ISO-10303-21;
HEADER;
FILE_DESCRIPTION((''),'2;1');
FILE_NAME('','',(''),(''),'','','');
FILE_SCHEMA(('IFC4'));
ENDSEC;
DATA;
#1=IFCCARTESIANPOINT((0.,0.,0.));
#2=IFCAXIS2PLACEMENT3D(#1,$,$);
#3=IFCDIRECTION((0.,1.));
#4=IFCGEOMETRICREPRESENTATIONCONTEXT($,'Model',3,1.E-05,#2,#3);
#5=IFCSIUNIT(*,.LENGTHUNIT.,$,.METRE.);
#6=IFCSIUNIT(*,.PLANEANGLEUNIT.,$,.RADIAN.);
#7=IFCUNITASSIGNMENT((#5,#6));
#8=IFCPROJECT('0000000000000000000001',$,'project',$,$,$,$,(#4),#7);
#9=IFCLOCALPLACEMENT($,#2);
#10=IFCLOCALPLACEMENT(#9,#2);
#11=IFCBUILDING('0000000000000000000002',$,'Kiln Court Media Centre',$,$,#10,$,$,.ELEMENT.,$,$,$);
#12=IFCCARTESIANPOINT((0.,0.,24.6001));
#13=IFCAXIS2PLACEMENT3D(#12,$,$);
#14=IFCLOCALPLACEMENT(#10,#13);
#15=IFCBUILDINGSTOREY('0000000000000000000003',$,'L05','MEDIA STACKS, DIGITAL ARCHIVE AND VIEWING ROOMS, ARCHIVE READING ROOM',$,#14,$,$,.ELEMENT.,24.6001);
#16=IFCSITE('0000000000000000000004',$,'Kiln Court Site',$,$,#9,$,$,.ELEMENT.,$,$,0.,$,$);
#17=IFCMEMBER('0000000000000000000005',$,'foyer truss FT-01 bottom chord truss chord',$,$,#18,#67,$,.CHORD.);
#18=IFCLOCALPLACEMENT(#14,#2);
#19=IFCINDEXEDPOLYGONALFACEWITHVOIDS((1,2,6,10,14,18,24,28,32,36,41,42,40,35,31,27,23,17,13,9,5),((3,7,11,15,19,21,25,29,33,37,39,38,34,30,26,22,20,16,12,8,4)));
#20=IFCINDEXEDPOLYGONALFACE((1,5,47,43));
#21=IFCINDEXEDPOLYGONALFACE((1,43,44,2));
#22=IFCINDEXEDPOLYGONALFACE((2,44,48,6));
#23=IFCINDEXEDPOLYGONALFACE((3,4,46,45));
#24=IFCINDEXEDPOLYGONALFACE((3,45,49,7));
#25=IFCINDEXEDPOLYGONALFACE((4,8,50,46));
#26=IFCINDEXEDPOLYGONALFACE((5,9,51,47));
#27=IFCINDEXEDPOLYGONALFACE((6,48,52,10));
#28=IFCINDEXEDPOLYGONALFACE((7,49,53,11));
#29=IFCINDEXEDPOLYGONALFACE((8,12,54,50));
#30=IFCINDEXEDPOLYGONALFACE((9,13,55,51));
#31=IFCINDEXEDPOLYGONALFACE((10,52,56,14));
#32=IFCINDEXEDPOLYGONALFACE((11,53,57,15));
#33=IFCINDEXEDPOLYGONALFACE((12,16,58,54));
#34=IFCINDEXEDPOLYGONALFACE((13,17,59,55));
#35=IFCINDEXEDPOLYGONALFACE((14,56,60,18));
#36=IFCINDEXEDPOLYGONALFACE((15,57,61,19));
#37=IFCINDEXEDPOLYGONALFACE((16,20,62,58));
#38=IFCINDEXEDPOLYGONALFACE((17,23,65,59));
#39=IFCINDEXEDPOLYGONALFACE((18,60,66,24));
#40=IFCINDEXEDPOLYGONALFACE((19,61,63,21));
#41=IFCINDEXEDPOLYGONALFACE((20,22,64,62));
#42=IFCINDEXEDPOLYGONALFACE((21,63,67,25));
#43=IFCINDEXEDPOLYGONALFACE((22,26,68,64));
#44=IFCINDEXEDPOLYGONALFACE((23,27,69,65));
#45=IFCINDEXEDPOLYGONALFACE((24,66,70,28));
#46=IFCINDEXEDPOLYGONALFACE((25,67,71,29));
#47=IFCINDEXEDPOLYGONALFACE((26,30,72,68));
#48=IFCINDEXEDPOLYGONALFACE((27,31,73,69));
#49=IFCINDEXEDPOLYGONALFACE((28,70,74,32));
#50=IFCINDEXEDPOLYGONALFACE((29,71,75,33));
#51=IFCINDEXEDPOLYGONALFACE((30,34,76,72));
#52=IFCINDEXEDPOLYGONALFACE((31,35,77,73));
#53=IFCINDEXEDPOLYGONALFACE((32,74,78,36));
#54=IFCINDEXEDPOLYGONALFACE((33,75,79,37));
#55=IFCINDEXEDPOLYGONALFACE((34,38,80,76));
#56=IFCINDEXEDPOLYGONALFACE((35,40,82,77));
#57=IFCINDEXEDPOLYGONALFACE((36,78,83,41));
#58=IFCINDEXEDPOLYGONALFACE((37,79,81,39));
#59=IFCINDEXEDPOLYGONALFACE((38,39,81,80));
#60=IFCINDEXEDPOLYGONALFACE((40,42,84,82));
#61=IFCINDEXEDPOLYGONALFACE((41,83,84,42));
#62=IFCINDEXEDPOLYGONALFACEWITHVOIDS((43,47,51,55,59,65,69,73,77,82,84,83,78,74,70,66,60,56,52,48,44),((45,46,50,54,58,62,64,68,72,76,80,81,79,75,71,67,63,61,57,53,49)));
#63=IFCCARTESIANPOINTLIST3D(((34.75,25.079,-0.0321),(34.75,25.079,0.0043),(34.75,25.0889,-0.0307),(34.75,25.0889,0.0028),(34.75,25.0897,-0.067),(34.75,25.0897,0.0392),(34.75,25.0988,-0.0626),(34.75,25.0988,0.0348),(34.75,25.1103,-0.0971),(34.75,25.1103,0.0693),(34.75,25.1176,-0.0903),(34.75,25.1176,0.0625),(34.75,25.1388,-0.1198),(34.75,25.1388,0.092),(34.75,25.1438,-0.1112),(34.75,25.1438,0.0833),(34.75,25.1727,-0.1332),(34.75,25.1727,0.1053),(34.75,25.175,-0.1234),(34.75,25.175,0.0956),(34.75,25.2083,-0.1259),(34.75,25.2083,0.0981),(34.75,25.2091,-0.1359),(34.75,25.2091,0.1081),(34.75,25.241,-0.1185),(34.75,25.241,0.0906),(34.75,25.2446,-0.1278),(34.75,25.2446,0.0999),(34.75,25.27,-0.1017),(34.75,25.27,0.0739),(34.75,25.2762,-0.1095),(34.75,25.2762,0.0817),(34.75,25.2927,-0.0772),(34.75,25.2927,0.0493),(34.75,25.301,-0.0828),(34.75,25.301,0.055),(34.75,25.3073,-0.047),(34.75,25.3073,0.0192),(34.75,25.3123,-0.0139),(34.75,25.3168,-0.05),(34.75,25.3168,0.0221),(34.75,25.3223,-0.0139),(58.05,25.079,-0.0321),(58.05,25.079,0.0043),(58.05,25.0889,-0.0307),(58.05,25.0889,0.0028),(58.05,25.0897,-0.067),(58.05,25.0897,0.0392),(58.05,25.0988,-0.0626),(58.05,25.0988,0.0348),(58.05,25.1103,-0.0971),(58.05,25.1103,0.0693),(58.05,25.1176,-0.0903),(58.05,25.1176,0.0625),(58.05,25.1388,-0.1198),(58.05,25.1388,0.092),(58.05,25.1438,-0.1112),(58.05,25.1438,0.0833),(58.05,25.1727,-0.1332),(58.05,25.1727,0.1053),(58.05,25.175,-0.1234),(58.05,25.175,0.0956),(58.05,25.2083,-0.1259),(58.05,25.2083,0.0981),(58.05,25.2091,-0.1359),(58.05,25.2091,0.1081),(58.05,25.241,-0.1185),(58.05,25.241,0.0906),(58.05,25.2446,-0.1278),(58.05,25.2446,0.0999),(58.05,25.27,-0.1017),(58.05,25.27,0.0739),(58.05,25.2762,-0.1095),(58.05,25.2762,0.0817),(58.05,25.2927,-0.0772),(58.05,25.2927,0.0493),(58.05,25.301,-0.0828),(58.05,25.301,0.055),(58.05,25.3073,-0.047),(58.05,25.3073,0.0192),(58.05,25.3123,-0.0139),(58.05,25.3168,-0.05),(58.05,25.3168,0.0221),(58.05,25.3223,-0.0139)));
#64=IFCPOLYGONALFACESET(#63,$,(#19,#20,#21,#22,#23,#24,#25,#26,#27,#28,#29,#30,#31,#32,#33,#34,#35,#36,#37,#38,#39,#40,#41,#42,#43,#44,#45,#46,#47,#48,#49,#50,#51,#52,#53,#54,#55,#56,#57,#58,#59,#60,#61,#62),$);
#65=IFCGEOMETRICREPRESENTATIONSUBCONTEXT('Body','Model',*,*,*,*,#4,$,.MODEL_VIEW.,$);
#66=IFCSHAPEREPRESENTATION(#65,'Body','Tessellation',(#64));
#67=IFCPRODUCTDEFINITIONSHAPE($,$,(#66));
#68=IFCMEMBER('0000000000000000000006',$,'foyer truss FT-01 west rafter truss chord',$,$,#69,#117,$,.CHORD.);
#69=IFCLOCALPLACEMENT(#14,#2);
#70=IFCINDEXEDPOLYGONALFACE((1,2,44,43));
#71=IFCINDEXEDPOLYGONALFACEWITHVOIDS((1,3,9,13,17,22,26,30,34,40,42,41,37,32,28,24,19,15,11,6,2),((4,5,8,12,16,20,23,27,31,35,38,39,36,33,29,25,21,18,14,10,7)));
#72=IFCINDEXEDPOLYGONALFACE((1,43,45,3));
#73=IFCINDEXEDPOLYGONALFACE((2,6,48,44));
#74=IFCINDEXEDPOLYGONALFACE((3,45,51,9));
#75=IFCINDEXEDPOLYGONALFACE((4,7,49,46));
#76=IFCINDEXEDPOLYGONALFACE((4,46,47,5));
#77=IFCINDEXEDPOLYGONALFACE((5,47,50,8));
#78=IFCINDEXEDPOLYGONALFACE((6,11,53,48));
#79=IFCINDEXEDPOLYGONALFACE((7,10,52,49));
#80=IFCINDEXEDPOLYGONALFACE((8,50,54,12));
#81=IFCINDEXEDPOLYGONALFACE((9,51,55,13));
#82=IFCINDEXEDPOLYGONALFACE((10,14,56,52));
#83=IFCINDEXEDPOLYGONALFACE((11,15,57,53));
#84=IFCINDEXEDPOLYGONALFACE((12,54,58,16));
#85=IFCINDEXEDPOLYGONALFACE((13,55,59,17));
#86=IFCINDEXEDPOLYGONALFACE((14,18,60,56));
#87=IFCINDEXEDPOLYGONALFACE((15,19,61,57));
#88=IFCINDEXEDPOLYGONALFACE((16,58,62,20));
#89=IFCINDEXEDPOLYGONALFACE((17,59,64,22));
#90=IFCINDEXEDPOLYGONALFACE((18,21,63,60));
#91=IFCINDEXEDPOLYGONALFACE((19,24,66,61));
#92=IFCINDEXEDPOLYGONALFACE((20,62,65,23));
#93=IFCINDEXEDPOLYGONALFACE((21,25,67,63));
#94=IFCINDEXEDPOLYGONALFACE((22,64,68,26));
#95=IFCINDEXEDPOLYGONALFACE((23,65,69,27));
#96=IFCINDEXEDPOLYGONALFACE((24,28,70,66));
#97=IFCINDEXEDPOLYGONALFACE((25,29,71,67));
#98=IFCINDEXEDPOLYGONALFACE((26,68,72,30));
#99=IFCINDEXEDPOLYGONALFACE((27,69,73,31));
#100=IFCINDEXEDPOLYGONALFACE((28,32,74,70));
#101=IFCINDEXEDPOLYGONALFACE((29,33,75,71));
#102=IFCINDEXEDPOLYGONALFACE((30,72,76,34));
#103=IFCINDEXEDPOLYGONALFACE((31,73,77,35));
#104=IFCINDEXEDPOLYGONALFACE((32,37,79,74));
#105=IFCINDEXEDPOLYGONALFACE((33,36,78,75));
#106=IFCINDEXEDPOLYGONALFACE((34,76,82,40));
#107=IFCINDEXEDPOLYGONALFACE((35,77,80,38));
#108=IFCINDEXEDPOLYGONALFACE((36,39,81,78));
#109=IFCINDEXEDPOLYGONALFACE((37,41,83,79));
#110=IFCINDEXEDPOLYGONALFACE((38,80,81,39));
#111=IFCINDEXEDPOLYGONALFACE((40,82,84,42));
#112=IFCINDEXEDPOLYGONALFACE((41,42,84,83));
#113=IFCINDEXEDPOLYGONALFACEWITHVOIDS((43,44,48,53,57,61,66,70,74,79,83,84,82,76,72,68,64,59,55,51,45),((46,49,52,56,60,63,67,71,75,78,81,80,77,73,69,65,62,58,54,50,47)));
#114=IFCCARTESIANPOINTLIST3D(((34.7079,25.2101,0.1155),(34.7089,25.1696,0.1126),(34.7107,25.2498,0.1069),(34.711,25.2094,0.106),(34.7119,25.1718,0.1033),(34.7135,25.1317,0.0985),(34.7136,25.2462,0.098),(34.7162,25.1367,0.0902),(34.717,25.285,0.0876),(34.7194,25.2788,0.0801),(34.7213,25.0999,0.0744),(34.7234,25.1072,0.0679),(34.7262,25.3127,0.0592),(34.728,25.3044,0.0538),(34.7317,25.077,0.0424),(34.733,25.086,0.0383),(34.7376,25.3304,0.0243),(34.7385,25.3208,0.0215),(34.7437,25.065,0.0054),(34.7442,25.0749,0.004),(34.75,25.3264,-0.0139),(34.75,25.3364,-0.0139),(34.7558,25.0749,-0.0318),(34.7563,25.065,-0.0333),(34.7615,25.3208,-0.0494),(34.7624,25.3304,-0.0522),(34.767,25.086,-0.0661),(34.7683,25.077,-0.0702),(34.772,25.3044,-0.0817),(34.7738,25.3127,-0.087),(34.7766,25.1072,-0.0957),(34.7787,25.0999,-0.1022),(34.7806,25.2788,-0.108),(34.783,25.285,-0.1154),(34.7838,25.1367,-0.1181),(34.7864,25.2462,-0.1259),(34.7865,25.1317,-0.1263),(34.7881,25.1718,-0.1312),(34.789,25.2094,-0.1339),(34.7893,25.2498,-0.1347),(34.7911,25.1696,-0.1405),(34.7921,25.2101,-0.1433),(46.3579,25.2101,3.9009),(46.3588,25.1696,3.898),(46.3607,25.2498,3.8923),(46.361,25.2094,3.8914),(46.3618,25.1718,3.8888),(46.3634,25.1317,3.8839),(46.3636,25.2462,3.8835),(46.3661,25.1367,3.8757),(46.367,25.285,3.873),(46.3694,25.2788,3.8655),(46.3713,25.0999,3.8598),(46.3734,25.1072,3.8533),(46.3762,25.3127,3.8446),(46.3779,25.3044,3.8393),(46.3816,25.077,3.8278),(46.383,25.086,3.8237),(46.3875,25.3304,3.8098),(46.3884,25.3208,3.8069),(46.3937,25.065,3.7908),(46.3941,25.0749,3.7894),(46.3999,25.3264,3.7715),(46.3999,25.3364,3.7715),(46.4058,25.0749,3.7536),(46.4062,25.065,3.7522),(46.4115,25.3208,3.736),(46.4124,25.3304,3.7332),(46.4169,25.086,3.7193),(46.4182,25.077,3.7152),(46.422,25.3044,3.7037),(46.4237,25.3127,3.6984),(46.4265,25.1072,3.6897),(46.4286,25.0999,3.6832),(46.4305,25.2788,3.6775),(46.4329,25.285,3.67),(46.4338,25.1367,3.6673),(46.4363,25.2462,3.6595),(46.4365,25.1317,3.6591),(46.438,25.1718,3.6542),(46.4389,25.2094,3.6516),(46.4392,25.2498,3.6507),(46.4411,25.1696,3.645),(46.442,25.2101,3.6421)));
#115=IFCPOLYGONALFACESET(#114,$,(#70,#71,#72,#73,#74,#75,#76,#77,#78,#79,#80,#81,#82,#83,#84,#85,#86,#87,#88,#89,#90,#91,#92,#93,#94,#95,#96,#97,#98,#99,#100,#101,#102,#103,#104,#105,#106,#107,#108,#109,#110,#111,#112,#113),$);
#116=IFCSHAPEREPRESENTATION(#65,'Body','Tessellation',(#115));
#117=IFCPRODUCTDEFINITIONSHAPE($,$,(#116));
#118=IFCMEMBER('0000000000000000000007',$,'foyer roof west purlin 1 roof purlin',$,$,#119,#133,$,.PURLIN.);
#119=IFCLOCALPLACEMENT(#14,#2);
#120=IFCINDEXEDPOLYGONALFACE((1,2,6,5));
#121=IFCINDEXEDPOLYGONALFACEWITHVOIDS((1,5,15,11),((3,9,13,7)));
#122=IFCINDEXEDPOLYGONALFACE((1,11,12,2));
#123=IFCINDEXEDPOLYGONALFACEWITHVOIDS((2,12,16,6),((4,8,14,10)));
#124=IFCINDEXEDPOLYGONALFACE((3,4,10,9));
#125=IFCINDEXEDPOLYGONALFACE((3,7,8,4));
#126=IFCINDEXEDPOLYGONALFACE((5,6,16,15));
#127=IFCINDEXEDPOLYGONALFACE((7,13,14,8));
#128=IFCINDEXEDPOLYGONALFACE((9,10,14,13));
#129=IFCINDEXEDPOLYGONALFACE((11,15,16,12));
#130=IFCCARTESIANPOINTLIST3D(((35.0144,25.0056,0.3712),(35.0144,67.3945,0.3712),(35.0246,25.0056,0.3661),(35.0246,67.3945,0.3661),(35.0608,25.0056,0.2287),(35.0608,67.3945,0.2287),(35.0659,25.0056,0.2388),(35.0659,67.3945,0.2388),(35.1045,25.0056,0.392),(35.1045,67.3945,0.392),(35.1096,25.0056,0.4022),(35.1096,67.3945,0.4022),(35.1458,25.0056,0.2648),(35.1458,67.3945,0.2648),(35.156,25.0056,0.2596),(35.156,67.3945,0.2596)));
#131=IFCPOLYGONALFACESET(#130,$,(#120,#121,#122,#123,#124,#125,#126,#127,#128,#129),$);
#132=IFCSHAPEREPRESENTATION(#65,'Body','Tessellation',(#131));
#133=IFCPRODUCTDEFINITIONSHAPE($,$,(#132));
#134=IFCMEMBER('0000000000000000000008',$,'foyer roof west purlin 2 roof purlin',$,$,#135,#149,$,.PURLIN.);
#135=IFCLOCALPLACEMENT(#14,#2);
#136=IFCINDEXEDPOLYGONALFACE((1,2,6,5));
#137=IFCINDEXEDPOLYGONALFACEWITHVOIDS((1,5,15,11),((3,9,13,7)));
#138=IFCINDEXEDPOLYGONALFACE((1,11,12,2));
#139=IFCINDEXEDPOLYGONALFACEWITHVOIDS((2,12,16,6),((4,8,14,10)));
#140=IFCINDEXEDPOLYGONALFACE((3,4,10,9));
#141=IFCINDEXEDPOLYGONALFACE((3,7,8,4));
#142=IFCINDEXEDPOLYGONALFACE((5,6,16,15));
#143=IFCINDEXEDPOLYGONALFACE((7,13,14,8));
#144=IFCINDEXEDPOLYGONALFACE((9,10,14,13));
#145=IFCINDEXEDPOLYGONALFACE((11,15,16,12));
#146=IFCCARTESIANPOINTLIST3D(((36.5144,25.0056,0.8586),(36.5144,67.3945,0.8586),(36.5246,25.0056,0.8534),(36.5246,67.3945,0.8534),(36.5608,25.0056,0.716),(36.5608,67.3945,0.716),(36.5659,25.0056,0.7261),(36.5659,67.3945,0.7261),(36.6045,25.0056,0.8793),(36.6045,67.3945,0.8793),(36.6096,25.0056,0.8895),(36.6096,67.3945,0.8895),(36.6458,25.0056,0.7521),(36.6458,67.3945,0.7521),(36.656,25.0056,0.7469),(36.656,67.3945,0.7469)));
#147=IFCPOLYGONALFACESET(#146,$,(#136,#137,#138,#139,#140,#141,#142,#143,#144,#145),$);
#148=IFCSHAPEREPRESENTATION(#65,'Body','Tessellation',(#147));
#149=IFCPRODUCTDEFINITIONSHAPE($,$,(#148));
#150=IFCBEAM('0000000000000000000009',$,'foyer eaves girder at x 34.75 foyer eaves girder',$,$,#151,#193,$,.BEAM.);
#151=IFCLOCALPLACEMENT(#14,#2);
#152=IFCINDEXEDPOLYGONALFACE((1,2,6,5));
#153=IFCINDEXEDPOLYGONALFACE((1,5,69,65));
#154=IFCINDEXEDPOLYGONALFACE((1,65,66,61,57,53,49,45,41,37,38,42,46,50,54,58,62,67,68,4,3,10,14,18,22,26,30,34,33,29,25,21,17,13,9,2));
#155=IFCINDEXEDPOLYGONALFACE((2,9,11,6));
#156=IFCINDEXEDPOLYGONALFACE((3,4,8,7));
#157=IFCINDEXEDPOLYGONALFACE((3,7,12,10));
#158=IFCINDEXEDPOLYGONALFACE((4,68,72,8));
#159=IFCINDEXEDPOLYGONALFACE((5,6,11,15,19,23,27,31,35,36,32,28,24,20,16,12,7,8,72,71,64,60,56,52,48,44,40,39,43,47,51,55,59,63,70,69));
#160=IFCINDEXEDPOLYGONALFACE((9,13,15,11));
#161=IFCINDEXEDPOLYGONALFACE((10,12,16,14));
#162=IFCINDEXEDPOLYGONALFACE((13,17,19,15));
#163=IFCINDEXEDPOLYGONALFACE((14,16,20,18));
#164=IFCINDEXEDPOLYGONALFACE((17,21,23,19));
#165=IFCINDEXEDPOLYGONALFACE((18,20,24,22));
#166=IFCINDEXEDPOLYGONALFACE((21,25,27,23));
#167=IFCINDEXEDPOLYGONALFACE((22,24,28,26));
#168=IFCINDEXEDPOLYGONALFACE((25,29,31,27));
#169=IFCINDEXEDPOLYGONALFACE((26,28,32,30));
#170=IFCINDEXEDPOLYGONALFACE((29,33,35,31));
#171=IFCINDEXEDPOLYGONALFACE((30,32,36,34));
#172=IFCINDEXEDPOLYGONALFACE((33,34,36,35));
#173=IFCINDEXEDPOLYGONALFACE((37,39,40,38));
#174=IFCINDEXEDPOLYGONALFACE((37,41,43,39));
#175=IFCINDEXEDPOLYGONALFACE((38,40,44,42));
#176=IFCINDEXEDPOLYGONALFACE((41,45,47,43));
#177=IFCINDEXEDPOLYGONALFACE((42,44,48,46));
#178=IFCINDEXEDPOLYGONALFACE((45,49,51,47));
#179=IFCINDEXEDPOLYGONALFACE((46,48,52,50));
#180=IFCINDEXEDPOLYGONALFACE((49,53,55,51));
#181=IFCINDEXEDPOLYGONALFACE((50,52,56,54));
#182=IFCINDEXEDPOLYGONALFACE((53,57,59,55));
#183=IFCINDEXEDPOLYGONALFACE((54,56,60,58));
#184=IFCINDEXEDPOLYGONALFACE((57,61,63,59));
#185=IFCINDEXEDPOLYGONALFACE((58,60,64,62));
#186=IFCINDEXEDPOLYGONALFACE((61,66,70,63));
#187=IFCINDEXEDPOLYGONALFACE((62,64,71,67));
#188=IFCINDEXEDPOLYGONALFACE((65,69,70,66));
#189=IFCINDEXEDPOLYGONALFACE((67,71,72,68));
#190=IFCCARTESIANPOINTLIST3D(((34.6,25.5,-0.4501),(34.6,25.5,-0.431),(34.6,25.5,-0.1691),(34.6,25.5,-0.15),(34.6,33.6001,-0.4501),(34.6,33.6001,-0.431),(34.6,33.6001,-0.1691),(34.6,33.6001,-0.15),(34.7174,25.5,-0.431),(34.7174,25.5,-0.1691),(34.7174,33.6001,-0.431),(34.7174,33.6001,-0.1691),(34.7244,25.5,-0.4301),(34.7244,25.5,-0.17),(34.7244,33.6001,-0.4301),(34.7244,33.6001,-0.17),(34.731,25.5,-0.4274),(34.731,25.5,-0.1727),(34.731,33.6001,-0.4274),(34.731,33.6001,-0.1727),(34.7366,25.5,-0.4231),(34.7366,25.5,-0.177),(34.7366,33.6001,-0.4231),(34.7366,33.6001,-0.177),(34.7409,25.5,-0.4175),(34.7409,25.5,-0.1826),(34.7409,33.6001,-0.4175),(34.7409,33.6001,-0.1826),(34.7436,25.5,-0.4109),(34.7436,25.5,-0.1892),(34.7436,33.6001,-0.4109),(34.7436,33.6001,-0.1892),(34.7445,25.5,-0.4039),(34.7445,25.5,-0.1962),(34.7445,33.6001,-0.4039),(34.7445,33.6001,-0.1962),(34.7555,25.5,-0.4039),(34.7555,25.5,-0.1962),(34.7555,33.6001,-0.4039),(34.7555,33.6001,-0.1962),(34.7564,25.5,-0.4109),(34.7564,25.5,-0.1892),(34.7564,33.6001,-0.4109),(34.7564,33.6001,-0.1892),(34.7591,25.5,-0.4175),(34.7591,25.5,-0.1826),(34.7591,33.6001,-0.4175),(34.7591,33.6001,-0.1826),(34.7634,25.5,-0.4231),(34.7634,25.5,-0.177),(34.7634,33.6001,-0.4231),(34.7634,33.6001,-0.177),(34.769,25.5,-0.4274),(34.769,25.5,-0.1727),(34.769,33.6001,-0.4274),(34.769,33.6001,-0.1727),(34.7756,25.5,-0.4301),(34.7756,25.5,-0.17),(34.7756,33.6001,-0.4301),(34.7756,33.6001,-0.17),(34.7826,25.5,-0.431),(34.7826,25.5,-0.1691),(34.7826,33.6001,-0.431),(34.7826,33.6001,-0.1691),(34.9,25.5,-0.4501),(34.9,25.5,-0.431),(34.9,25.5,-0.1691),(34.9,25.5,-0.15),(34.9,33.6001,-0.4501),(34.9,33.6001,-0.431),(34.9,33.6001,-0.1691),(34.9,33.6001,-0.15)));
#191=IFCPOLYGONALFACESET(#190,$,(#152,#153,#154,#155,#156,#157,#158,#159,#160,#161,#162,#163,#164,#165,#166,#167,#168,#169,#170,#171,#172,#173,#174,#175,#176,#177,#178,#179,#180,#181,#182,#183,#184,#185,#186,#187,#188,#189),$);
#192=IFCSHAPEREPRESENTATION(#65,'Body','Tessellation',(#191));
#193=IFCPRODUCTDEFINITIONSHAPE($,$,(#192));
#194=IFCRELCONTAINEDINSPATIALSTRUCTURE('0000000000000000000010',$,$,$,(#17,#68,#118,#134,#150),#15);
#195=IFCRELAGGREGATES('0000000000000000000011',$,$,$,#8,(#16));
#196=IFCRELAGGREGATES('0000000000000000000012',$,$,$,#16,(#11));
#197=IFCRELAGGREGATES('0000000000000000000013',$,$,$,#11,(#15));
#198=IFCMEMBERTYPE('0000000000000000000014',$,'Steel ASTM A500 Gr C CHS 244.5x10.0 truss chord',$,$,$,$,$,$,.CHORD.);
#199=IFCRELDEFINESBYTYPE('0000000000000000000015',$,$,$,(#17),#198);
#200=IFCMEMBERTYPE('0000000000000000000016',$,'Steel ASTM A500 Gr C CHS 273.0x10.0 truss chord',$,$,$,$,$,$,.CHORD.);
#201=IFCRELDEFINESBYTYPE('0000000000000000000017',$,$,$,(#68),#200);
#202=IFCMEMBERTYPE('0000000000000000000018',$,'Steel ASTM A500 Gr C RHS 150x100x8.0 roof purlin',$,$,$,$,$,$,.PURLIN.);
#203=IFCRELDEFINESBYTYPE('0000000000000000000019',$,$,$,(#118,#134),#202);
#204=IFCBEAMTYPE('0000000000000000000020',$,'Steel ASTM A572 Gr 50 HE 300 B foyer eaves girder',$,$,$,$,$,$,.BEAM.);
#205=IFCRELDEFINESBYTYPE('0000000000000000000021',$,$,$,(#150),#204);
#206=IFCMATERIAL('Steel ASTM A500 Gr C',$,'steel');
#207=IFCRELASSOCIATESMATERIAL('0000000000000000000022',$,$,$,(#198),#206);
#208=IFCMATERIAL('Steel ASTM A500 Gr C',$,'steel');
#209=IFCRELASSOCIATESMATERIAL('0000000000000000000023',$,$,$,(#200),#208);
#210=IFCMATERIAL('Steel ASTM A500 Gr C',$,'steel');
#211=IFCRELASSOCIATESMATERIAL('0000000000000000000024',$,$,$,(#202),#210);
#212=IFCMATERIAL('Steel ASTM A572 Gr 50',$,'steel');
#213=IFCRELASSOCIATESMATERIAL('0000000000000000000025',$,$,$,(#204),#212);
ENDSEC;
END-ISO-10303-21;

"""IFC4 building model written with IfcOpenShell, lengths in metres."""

from ifc_helpers import new_model, si_unit, direction, frame, origin, origin_2d, place, context, subcontext, project, spatial, hollow_rectangle, hollow_circle, i_section, extrude, material, material_profile, profile_set, type_object, element, save


model = new_model("IFC4")

# Units and contexts
model_context = context("Model", 3, precision=1e-05, world=origin(), true_north=direction((0.0, 1.0)))
body_context = subcontext(model_context, "Body", "Model", "MODEL_VIEW")
ifc_project = project(units=[si_unit("LENGTHUNIT", "METRE"), si_unit("PLANEANGLEUNIT", "RADIAN")], contexts=[model_context])

# Site, building, storey
site_placement = place(None, origin())
site = spatial("IfcSite", under=ifc_project, at=site_placement, Name="Kiln Court Site", CompositionType="ELEMENT", RefElevation=0.0)
building_placement = place(site_placement, origin())
building = spatial("IfcBuilding", under=site, at=building_placement, Name="Kiln Court Media Centre", CompositionType="ELEMENT")
storey_placement = place(building_placement, frame((0.0, 0.0, 24.6001)))
storey = spatial("IfcBuildingStorey", under=building, at=storey_placement, Name="L05", Description="MEDIA STACKS, DIGITAL ARCHIVE AND VIEWING ROOMS, ARCHIVE READING ROOM", CompositionType="ELEMENT", Elevation=24.6001)

# Members
ifc_material_1 = material(Name="Steel ASTM A500 Gr C", Category="steel")
ifc_material_profile_1 = material_profile(ifc_material_1, hollow_circle(Radius=0.1223, WallThickness=0.01, at=origin_2d()), Name="CHS 244.5x10.0")
ifc_profile_set_1 = profile_set([ifc_material_profile_1], Name="Steel ASTM A500 Gr C")
member_type_1 = type_object("IfcMemberType", Name="Steel ASTM A500 Gr C CHS 244.5x10.0 truss chord", PredefinedType="CHORD", material=ifc_profile_set_1)
member_1_placement = place(storey_placement, frame((34.75, 25.2, -0.0139), z_axis=(1.0, 0.0, 0.0), x_axis=(0.0, 1.0, 0.0)))
element("IfcMember", 1, at=member_1_placement, inside=storey, type_object=member_type_1, Name="foyer truss FT-01 bottom chord truss chord", PredefinedType="CHORD", context=body_context, shape_type="SweptSolid", body=[
    extrude(hollow_circle(Radius=0.1223, WallThickness=0.01, at=origin_2d()), origin(), (0.0, 0.0, 1.0), 23.3),
])
ifc_material_2 = material(Name="Steel ASTM A500 Gr C", Category="steel")
ifc_material_profile_2 = material_profile(ifc_material_2, hollow_circle(Radius=0.1365, WallThickness=0.01, at=origin_2d()), Name="CHS 273.0x10.0")
ifc_profile_set_2 = profile_set([ifc_material_profile_2], Name="Steel ASTM A500 Gr C")
member_type_2 = type_object("IfcMemberType", Name="Steel ASTM A500 Gr C CHS 273.0x10.0 truss chord", PredefinedType="CHORD", material=ifc_profile_set_2)
member_2_placement = place(storey_placement, frame((34.75, 25.2, -0.0139), z_axis=(0.951054, 0.0, 0.309026), x_axis=(0.0, 1.0, 0.0)))
element("IfcMember", 2, at=member_2_placement, inside=storey, type_object=member_type_2, Name="foyer truss FT-01 west rafter truss chord", PredefinedType="CHORD", context=body_context, shape_type="SweptSolid", body=[
    extrude(hollow_circle(Radius=0.1365, WallThickness=0.01, at=origin_2d()), origin(), (0.0, 0.0, 1.0), 12.2495),
])
ifc_material_3 = material(Name="Steel ASTM A500 Gr C", Category="steel")
ifc_material_profile_3 = material_profile(ifc_material_3, hollow_rectangle(XDim=0.1001, YDim=0.1499, WallThickness=0.0081, at=origin_2d()), Name="RHS 150x100x8.0")
ifc_profile_set_3 = profile_set([ifc_material_profile_3], Name="Steel ASTM A500 Gr C")
member_type_3 = type_object("IfcMemberType", Name="Steel ASTM A500 Gr C RHS 150x100x8.0 roof purlin", PredefinedType="PURLIN", material=ifc_profile_set_3)
for number, where, z_axis, x_axis, name in (
    (3, (35.0852, 25.0056, 0.3154), (0.0, 1.0, 0.0), (-0.951057, 0.0, -0.309017), "foyer roof west purlin 1 roof purlin"),
    (4, (36.5852, 25.0056, 0.8027), (0.0, 1.0, 0.0), (-0.951057, 0.0, -0.309017), "foyer roof west purlin 2 roof purlin"),
):
    element("IfcMember", number, at=place(storey_placement, frame(where, z_axis=z_axis, x_axis=x_axis)), inside=storey, type_object=member_type_3, Name=name, PredefinedType="PURLIN", context=body_context, shape_type="SweptSolid", body=[
        extrude(hollow_rectangle(XDim=0.1001, YDim=0.1499, WallThickness=0.0081, at=origin_2d()), origin(), (0.0, 0.0, 1.0), 42.3889),
    ])

# Beam
ifc_material_4 = material(Name="Steel ASTM A572 Gr 50", Category="steel")
ifc_material_profile_4 = material_profile(ifc_material_4, i_section(OverallWidth=0.3, OverallDepth=0.3, WebThickness=0.011, FlangeThickness=0.019, FilletRadius=0.0271, at=origin_2d()), Name="HE 300 B")
ifc_profile_set_4 = profile_set([ifc_material_profile_4], Name="Steel ASTM A572 Gr 50")
beam_type = type_object("IfcBeamType", Name="Steel ASTM A572 Gr 50 HE 300 B foyer eaves girder", PredefinedType="BEAM", material=ifc_profile_set_4)
beam_placement = place(storey_placement, frame((34.75, 25.5, -0.3), z_axis=(0.0, 1.0, 0.0), x_axis=(-1.0, 0.0, 0.0)))
element("IfcBeam", 5, at=beam_placement, inside=storey, type_object=beam_type, Name="foyer eaves girder at x 34.75 foyer eaves girder", PredefinedType="BEAM", context=body_context, shape_type="SweptSolid", body=[
    extrude(i_section(OverallWidth=0.3, OverallDepth=0.3, WebThickness=0.011, FlangeThickness=0.019, FilletRadius=0.0271, at=origin_2d()), origin(), (0.0, 0.0, 1.0), 8.1001),
])

save(model, "model.ifc")
